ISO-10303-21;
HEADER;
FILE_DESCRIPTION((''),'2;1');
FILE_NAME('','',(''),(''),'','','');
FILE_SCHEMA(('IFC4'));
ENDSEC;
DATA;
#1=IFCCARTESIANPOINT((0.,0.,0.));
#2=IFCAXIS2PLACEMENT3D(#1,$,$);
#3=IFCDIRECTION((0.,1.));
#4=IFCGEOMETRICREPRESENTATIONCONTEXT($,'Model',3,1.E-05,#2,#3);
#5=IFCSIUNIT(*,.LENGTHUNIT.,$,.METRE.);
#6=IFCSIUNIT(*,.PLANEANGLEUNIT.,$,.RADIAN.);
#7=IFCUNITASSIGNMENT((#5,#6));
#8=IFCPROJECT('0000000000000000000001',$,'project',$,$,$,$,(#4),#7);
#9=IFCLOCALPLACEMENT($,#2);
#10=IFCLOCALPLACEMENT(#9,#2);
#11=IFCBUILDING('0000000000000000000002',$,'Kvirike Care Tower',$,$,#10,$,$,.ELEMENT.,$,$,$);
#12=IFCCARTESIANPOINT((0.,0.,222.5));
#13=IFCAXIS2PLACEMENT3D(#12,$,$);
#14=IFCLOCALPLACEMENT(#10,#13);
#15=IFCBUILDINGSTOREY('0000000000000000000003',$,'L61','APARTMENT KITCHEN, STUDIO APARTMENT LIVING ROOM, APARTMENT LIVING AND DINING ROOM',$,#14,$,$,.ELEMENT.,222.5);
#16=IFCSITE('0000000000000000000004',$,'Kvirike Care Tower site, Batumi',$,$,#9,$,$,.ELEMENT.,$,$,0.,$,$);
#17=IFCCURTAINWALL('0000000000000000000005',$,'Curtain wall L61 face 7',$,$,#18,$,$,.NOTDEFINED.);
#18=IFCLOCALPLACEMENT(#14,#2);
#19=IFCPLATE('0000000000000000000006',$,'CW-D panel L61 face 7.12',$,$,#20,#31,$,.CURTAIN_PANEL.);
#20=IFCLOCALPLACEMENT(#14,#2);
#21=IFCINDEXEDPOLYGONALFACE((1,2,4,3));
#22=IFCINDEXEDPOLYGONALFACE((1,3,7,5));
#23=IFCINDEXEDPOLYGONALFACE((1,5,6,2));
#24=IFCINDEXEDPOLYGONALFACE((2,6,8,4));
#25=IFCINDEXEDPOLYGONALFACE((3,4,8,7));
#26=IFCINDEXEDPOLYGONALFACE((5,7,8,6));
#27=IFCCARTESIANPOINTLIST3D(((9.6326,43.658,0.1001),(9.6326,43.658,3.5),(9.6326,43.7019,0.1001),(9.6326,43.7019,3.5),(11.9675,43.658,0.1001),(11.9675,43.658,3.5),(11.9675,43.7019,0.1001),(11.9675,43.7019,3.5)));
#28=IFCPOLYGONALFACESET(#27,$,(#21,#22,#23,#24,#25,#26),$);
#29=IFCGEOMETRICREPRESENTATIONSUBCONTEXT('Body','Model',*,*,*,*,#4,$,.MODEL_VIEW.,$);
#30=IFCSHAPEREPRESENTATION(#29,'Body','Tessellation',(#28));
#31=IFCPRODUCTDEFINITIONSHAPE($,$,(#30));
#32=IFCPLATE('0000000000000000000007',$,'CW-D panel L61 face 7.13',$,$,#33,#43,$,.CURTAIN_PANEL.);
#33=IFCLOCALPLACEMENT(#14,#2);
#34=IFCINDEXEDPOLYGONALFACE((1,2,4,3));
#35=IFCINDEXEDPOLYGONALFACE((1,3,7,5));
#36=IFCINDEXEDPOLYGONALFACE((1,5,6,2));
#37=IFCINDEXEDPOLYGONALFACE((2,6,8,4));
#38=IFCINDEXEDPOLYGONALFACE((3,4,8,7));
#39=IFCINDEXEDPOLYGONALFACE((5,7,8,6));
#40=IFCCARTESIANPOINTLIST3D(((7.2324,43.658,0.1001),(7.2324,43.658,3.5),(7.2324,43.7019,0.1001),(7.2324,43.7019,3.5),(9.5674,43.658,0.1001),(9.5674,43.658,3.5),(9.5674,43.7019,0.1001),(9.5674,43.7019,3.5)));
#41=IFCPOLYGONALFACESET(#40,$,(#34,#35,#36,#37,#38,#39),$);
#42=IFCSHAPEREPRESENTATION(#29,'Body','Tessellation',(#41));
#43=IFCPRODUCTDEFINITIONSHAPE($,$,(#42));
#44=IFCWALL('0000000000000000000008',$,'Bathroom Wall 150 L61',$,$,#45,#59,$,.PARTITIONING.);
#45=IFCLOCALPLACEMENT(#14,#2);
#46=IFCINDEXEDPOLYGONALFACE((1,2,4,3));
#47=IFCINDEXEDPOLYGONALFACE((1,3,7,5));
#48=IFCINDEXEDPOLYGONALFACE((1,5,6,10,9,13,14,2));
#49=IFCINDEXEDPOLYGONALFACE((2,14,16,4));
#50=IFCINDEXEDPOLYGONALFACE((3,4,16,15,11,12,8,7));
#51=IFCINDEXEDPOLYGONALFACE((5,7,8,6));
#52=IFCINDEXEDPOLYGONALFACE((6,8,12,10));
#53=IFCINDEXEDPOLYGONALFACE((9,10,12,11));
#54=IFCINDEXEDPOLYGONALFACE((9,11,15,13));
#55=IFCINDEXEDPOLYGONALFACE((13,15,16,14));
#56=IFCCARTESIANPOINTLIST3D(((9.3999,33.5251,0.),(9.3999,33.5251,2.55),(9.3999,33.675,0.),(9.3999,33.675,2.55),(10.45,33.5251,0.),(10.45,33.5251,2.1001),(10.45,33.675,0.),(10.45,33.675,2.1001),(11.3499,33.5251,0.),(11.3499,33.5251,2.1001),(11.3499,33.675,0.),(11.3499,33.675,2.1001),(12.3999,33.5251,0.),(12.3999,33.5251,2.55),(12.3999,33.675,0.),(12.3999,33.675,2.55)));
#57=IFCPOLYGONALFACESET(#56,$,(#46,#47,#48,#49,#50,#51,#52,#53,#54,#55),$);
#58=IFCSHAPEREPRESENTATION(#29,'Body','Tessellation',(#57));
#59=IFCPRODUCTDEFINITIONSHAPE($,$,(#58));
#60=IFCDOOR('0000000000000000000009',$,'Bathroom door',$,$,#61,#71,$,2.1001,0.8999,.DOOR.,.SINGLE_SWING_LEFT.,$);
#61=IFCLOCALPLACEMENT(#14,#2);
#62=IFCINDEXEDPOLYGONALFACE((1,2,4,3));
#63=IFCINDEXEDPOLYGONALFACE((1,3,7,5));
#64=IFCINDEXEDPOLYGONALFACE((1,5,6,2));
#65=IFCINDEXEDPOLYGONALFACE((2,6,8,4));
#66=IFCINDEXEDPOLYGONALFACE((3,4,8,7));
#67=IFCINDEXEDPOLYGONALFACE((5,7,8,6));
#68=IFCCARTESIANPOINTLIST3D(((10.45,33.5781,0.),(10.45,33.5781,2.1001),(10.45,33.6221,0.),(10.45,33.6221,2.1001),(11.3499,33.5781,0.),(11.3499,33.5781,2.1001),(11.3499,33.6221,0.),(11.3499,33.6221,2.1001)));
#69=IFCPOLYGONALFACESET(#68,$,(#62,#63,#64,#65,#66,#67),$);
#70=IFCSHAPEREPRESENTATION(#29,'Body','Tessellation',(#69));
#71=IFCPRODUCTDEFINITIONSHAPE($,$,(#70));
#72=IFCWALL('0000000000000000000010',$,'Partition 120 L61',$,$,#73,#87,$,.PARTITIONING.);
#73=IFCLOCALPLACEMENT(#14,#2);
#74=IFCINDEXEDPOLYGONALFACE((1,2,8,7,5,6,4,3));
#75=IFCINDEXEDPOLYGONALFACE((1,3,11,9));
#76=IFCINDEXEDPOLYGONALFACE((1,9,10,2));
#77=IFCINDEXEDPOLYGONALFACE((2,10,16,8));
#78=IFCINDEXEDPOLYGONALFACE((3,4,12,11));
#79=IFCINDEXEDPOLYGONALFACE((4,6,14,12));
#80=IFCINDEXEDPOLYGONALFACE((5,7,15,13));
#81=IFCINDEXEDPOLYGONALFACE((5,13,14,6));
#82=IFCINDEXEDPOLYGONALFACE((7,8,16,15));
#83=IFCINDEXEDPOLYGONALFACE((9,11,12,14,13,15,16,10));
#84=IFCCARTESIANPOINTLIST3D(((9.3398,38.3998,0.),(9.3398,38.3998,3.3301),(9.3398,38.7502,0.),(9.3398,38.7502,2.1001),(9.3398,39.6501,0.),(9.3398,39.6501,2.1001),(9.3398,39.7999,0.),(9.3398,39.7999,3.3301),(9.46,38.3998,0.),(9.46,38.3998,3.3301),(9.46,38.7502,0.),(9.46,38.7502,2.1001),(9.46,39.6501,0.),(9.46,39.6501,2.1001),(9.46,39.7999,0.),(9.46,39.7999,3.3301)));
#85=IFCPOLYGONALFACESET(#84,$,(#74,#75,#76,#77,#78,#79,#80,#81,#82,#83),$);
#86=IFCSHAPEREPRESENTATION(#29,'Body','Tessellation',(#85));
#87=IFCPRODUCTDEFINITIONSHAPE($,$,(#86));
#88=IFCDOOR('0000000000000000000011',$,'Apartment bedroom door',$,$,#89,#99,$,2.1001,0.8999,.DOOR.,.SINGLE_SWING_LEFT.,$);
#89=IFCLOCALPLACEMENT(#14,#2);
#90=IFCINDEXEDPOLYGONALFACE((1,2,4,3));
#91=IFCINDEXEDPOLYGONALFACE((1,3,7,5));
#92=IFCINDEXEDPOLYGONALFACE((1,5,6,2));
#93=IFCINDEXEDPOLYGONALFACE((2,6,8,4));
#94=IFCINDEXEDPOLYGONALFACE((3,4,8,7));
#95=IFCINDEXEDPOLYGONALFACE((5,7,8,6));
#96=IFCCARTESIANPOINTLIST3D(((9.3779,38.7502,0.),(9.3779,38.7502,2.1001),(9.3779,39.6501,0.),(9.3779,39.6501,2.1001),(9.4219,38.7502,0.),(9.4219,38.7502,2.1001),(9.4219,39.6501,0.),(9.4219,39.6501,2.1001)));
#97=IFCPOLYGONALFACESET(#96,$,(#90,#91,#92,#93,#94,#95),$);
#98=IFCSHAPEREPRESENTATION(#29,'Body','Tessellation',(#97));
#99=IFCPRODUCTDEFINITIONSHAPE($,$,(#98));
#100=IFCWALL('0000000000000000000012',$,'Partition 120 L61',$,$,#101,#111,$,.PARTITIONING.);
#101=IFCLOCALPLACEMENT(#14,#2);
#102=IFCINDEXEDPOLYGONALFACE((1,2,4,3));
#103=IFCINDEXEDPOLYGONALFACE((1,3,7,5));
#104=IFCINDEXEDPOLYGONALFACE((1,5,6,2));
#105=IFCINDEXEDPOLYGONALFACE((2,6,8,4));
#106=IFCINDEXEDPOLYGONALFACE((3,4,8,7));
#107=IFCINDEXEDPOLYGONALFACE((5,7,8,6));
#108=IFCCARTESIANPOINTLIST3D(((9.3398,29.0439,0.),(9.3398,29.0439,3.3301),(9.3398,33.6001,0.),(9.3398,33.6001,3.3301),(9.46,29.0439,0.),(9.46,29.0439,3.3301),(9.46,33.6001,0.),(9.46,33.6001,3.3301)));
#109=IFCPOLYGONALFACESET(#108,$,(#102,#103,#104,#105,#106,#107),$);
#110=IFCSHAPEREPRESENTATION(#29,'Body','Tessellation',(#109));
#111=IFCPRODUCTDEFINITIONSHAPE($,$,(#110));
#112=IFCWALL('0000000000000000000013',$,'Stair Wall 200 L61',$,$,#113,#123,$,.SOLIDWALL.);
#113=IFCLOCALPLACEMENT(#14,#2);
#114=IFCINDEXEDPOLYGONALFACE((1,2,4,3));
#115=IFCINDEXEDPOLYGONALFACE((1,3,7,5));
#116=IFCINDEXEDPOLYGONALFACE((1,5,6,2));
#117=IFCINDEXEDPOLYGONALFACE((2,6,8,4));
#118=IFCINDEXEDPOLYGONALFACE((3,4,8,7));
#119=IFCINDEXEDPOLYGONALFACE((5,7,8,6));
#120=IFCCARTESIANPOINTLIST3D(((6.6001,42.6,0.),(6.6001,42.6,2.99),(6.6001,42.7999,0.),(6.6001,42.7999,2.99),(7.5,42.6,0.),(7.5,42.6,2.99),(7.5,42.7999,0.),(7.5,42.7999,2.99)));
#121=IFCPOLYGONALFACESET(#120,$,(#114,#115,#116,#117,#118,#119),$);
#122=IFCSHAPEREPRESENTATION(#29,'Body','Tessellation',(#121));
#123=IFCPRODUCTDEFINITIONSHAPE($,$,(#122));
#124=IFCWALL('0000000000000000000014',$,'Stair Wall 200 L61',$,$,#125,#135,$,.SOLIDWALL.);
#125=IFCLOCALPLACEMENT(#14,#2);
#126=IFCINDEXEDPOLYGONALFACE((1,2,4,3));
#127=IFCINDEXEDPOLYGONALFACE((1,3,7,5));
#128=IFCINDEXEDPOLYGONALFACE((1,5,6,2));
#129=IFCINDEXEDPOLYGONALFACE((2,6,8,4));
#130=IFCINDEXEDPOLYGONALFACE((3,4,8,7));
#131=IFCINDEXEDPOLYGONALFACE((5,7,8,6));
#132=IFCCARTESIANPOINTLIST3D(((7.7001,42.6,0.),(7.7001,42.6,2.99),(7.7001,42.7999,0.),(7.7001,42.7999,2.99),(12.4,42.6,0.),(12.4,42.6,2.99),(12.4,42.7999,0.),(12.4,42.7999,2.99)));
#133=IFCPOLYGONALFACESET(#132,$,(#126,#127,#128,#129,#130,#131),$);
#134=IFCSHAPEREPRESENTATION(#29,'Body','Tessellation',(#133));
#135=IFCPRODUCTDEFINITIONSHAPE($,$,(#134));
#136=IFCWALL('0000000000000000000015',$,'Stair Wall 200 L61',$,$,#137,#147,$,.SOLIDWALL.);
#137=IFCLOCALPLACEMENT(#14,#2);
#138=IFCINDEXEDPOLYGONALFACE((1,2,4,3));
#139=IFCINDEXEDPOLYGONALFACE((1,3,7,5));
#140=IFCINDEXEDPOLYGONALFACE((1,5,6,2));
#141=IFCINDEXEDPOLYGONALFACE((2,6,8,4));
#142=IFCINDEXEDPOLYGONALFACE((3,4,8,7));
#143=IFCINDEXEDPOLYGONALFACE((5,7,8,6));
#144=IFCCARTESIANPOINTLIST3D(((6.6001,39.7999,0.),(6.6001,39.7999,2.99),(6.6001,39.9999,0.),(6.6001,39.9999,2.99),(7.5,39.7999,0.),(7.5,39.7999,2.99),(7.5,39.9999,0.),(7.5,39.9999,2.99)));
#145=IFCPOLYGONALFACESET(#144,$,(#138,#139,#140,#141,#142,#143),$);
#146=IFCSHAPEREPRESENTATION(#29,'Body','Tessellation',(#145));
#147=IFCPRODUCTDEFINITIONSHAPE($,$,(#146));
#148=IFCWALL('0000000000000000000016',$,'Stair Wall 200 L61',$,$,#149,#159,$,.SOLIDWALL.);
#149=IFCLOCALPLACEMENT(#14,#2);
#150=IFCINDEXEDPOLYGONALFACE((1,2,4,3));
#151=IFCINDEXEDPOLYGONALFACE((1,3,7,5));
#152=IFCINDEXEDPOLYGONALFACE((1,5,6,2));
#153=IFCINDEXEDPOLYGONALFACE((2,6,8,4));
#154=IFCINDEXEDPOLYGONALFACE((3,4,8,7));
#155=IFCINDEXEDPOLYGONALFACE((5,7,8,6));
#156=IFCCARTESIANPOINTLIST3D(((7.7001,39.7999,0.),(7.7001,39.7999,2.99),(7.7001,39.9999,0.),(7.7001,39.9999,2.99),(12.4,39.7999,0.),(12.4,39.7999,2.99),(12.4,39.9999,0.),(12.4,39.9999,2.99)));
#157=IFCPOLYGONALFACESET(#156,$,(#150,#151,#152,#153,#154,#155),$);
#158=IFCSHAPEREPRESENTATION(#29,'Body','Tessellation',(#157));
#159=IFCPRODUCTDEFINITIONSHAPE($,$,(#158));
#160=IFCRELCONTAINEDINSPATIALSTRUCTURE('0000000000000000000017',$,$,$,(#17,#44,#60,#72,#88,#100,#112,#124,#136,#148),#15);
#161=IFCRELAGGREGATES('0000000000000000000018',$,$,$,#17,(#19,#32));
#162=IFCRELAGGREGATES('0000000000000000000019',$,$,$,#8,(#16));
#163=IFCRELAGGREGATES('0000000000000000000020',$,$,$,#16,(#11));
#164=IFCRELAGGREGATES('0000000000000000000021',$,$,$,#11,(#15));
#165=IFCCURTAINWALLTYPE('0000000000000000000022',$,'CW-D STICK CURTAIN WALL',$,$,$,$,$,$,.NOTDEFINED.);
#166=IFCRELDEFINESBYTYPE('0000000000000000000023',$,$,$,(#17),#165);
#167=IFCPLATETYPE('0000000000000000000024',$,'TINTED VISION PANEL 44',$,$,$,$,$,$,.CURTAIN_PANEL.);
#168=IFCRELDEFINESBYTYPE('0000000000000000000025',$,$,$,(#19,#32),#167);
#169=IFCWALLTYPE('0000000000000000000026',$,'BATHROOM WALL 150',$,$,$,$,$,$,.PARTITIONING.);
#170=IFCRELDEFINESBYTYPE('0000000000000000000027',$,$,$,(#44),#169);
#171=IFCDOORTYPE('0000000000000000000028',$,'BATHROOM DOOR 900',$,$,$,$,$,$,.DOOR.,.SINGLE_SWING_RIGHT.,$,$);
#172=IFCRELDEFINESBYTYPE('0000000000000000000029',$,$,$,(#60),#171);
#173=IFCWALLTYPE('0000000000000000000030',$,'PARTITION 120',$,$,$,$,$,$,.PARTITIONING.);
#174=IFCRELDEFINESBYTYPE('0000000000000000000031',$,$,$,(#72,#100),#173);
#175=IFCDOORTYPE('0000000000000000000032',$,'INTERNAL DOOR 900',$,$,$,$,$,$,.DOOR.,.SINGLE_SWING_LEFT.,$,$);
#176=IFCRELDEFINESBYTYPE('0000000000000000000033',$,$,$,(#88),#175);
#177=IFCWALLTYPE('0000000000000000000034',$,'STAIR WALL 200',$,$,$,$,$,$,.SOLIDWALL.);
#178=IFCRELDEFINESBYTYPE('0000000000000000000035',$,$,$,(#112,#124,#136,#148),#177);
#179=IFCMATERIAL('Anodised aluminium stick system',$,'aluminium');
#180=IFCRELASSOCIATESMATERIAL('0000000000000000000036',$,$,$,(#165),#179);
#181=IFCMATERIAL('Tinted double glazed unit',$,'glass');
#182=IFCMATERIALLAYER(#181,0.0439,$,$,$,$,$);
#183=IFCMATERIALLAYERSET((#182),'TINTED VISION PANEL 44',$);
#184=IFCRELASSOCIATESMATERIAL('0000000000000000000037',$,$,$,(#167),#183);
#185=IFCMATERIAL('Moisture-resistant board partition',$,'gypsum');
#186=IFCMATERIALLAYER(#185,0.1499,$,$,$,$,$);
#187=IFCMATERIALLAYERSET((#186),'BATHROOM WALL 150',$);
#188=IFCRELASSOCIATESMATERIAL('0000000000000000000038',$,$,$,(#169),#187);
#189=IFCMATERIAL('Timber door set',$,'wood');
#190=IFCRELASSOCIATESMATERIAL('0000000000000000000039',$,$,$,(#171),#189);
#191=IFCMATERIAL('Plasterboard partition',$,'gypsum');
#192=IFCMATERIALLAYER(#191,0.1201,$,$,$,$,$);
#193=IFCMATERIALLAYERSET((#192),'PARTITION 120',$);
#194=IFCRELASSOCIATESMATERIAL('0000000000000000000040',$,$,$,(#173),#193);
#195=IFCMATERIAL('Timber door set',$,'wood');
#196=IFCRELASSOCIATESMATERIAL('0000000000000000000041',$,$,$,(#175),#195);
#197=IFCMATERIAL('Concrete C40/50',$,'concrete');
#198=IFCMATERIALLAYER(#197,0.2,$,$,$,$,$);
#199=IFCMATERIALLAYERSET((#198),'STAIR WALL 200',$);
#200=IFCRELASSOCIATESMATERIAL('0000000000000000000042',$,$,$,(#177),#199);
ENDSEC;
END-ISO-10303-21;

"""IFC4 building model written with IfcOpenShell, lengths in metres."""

from ifc_helpers import new_model, si_unit, direction, frame, frame_2d, origin, origin_2d, place, context, subcontext, project, spatial, rectangle, extrude, material, layer, layer_set, type_object, element, fill, aggregate, save


model = new_model("IFC4")

# Units and contexts
model_context = context("Model", 3, precision=1e-05, world=origin(), true_north=direction((0.0, 1.0)))
body_context = subcontext(model_context, "Body", "Model", "MODEL_VIEW")
ifc_project = project(units=[si_unit("LENGTHUNIT", "METRE"), si_unit("PLANEANGLEUNIT", "RADIAN")], contexts=[model_context])

# Site, building, storey
site_placement = place(None, origin())
site = spatial("IfcSite", under=ifc_project, at=site_placement, Name="Kvirike Care Tower site, Batumi", CompositionType="ELEMENT", RefElevation=0.0)
building_placement = place(site_placement, origin())
building = spatial("IfcBuilding", under=site, at=building_placement, Name="Kvirike Care Tower", CompositionType="ELEMENT")
storey_placement = place(building_placement, frame((0.0, 0.0, 222.5)))
storey = spatial("IfcBuildingStorey", under=building, at=storey_placement, Name="L61", Description="APARTMENT KITCHEN, STUDIO APARTMENT LIVING ROOM, APARTMENT LIVING AND DINING ROOM", CompositionType="ELEMENT", Elevation=222.5)

# Curtain wall
ifc_material_1 = material(Name="Anodised aluminium stick system", Category="aluminium")
curtain_wall_type = type_object("IfcCurtainWallType", Name="CW-D STICK CURTAIN WALL", PredefinedType="NOTDEFINED", material=ifc_material_1)
curtain_wall_placement = place(storey_placement, origin())
curtain_wall = element("IfcCurtainWall", 1, at=curtain_wall_placement, inside=storey, type_object=curtain_wall_type, Name="Curtain wall L61 face 7", PredefinedType="NOTDEFINED")

# Plates
ifc_material_2 = material(Name="Tinted double glazed unit", Category="glass")
ifc_layer_1 = layer(ifc_material_2, 0.0439)
ifc_layer_set_1 = layer_set([ifc_layer_1], Name="TINTED VISION PANEL 44")
plate_type = type_object("IfcPlateType", Name="TINTED VISION PANEL 44", PredefinedType="CURTAIN_PANEL", material=ifc_layer_set_1)
plate_1_placement = place(storey_placement, frame((10.8, 43.6799, 0.1001), z_axis=(0.0, 0.0, 1.0), x_axis=(-1.0, 0.0, 0.0)))
plate_1 = element("IfcPlate", 2, at=plate_1_placement, type_object=plate_type, Name="CW-D panel L61 face 7.12", PredefinedType="CURTAIN_PANEL", context=body_context, shape_type="SweptSolid", body=[
    extrude(rectangle(XDim=2.335, YDim=0.0439, at=origin_2d()), origin(), (0.0, 0.0, 1.0), 3.3999),
])
plate_2_placement = place(storey_placement, frame((8.3999, 43.6799, 0.1001), z_axis=(0.0, 0.0, 1.0), x_axis=(-1.0, 0.0, 0.0)))
plate_2 = element("IfcPlate", 3, at=plate_2_placement, type_object=plate_type, Name="CW-D panel L61 face 7.13", PredefinedType="CURTAIN_PANEL", context=body_context, shape_type="SweptSolid", body=[
    extrude(rectangle(XDim=2.335, YDim=0.0439, at=origin_2d()), origin(), (0.0, 0.0, 1.0), 3.3999),
])
aggregate(curtain_wall, [plate_1, plate_2])

# Walls, openings, doors
ifc_material_3 = material(Name="Moisture-resistant board partition", Category="gypsum")
ifc_layer_2 = layer(ifc_material_3, 0.1499)
ifc_layer_set_2 = layer_set([ifc_layer_2], Name="BATHROOM WALL 150")
wall_type_1 = type_object("IfcWallType", Name="BATHROOM WALL 150", PredefinedType="PARTITIONING", material=ifc_layer_set_2)
wall_1_placement = place(storey_placement, frame((9.3999, 33.6001, 0.0), z_axis=(0.0, 0.0, 1.0), x_axis=(1.0, 0.0, 0.0)))
wall_1 = element("IfcWall", 4, at=wall_1_placement, inside=storey, type_object=wall_type_1, Name="Bathroom Wall 150 L61", PredefinedType="PARTITIONING", context=body_context, shape_type="SweptSolid", body=[
    extrude(rectangle(XDim=3.0, YDim=0.1499, at=frame_2d((1.5, 0.0))), origin(), (0.0, 0.0, 1.0), 2.55),
])
opening_1_placement = place(wall_1_placement, frame((1.05, 0.0, 0.0)))
opening_1 = element("IfcOpeningElement", 5, at=opening_1_placement, cuts=wall_1, PredefinedType="OPENING", context=body_context, shape_type="SweptSolid", body=[
    extrude(rectangle(XDim=0.8999, YDim=2.1001, at=frame_2d((0.45, 1.05))), frame((0.0, 0.0854, 0.0), z_axis=(0.0, -1.0, 0.0), x_axis=(1.0, 0.0, 0.0)), (0.0, 0.0, 1.0), 0.1709),
])
ifc_material_4 = material(Name="Timber door set", Category="wood")
door_type_1 = type_object("IfcDoorType", Name="BATHROOM DOOR 900", OperationType="SINGLE_SWING_RIGHT", PredefinedType="DOOR", material=ifc_material_4)
door_1_placement = place(opening_1_placement, frame((0.8999, 0.0, 0.0), z_axis=(0.0, 0.0, 1.0), x_axis=(-1.0, 0.0, 0.0)))
door_1 = element("IfcDoor", 6, at=door_1_placement, inside=storey, type_object=door_type_1, Name="Bathroom door", OperationType="SINGLE_SWING_LEFT", OverallHeight=2.1001, OverallWidth=0.8999, PredefinedType="DOOR", context=body_context, shape_type="SweptSolid", body=[
    extrude(rectangle(XDim=0.8999, YDim=2.1001, at=frame_2d((0.45, 1.05))), frame((0.0, 0.022, 0.0), z_axis=(0.0, -1.0, 0.0), x_axis=(1.0, 0.0, 0.0)), (0.0, 0.0, 1.0), 0.0439),
])
fill(opening_1, door_1)
ifc_material_5 = material(Name="Plasterboard partition", Category="gypsum")
ifc_layer_3 = layer(ifc_material_5, 0.1201)
ifc_layer_set_3 = layer_set([ifc_layer_3], Name="PARTITION 120")
wall_type_2 = type_object("IfcWallType", Name="PARTITION 120", PredefinedType="PARTITIONING", material=ifc_layer_set_3)
wall_2_placement = place(storey_placement, frame((9.3999, 39.8, 0.0), z_axis=(0.0, 0.0, 1.0), x_axis=(0.0, -1.0, 0.0)))
wall_2 = element("IfcWall", 7, at=wall_2_placement, inside=storey, type_object=wall_type_2, Name="Partition 120 L61", PredefinedType="PARTITIONING", context=body_context, shape_type="SweptSolid", body=[
    extrude(rectangle(XDim=1.4001, YDim=0.1201, at=frame_2d((0.7002, 0.0))), origin(), (0.0, 0.0, 1.0), 3.3301),
])
opening_2_placement = place(wall_2_placement, frame((0.1499, 0.0, 0.0)))
opening_2 = element("IfcOpeningElement", 8, at=opening_2_placement, cuts=wall_2, PredefinedType="OPENING", context=body_context, shape_type="SweptSolid", body=[
    extrude(rectangle(XDim=0.8999, YDim=2.1001, at=frame_2d((0.45, 1.05))), frame((0.0, 0.0706, 0.0), z_axis=(0.0, -1.0, 0.0), x_axis=(1.0, 0.0, 0.0)), (0.0, 0.0, 1.0), 0.1411),
])
ifc_material_6 = material(Name="Timber door set", Category="wood")
door_type_2 = type_object("IfcDoorType", Name="INTERNAL DOOR 900", OperationType="SINGLE_SWING_LEFT", PredefinedType="DOOR", material=ifc_material_6)
door_2_placement = place(opening_2_placement, frame((0.8999, 0.0, 0.0), z_axis=(0.0, 0.0, 1.0), x_axis=(-1.0, 0.0, 0.0)))
door_2 = element("IfcDoor", 9, at=door_2_placement, inside=storey, type_object=door_type_2, Name="Apartment bedroom door", OperationType="SINGLE_SWING_LEFT", OverallHeight=2.1001, OverallWidth=0.8999, PredefinedType="DOOR", context=body_context, shape_type="SweptSolid", body=[
    extrude(rectangle(XDim=0.8999, YDim=2.1001, at=frame_2d((0.45, 1.05))), frame((0.0, 0.022, 0.0), z_axis=(0.0, -1.0, 0.0), x_axis=(1.0, 0.0, 0.0)), (0.0, 0.0, 1.0), 0.0439),
])
fill(opening_2, door_2)

# Walls
wall_3_placement = place(storey_placement, frame((9.3999, 33.6001, 0.0), z_axis=(0.0, 0.0, 1.0), x_axis=(0.0, -1.0, 0.0)))
element("IfcWall", 10, at=wall_3_placement, inside=storey, type_object=wall_type_2, Name="Partition 120 L61", PredefinedType="PARTITIONING", context=body_context, shape_type="SweptSolid", body=[
    extrude(rectangle(XDim=4.5562, YDim=0.1201, at=frame_2d((2.2781, 0.0))), origin(), (0.0, 0.0, 1.0), 3.3301),
])
ifc_material_7 = material(Name="Concrete C40/50", Category="concrete")
ifc_layer_4 = layer(ifc_material_7, 0.2)
ifc_layer_set_4 = layer_set([ifc_layer_4], Name="STAIR WALL 200")
wall_type_3 = type_object("IfcWallType", Name="STAIR WALL 200", PredefinedType="SOLIDWALL", material=ifc_layer_set_4)
wall_4_placement = place(storey_placement, frame((6.6001, 42.7, 0.0), z_axis=(0.0, 0.0, 1.0), x_axis=(1.0, 0.0, 0.0)))
element("IfcWall", 11, at=wall_4_placement, inside=storey, type_object=wall_type_3, Name="Stair Wall 200 L61", PredefinedType="SOLIDWALL", context=body_context, shape_type="SweptSolid", body=[
    extrude(rectangle(XDim=0.8999, YDim=0.2, at=frame_2d((0.45, 0.0))), origin(), (0.0, 0.0, 1.0), 2.99),
])
wall_5_placement = place(storey_placement, frame((7.7, 42.7, 0.0), z_axis=(0.0, 0.0, 1.0), x_axis=(1.0, 0.0, 0.0)))
element("IfcWall", 12, at=wall_5_placement, inside=storey, type_object=wall_type_3, Name="Stair Wall 200 L61", PredefinedType="SOLIDWALL", context=body_context, shape_type="SweptSolid", body=[
    extrude(rectangle(XDim=4.7, YDim=0.2, at=frame_2d((2.3501, 0.0))), origin(), (0.0, 0.0, 1.0), 2.99),
])
wall_6_placement = place(storey_placement, frame((6.6001, 39.8999, 0.0), z_axis=(0.0, 0.0, 1.0), x_axis=(1.0, 0.0, 0.0)))
element("IfcWall", 13, at=wall_6_placement, inside=storey, type_object=wall_type_3, Name="Stair Wall 200 L61", PredefinedType="SOLIDWALL", context=body_context, shape_type="SweptSolid", body=[
    extrude(rectangle(XDim=0.8999, YDim=0.2, at=frame_2d((0.45, 0.0))), origin(), (0.0, 0.0, 1.0), 2.99),
])
wall_7_placement = place(storey_placement, frame((7.7, 39.8999, 0.0), z_axis=(0.0, 0.0, 1.0), x_axis=(1.0, 0.0, 0.0)))
element("IfcWall", 14, at=wall_7_placement, inside=storey, type_object=wall_type_3, Name="Stair Wall 200 L61", PredefinedType="SOLIDWALL", context=body_context, shape_type="SweptSolid", body=[
    extrude(rectangle(XDim=4.7, YDim=0.2, at=frame_2d((2.3501, 0.0))), origin(), (0.0, 0.0, 1.0), 2.99),
])

save(model, "model.ifc")
